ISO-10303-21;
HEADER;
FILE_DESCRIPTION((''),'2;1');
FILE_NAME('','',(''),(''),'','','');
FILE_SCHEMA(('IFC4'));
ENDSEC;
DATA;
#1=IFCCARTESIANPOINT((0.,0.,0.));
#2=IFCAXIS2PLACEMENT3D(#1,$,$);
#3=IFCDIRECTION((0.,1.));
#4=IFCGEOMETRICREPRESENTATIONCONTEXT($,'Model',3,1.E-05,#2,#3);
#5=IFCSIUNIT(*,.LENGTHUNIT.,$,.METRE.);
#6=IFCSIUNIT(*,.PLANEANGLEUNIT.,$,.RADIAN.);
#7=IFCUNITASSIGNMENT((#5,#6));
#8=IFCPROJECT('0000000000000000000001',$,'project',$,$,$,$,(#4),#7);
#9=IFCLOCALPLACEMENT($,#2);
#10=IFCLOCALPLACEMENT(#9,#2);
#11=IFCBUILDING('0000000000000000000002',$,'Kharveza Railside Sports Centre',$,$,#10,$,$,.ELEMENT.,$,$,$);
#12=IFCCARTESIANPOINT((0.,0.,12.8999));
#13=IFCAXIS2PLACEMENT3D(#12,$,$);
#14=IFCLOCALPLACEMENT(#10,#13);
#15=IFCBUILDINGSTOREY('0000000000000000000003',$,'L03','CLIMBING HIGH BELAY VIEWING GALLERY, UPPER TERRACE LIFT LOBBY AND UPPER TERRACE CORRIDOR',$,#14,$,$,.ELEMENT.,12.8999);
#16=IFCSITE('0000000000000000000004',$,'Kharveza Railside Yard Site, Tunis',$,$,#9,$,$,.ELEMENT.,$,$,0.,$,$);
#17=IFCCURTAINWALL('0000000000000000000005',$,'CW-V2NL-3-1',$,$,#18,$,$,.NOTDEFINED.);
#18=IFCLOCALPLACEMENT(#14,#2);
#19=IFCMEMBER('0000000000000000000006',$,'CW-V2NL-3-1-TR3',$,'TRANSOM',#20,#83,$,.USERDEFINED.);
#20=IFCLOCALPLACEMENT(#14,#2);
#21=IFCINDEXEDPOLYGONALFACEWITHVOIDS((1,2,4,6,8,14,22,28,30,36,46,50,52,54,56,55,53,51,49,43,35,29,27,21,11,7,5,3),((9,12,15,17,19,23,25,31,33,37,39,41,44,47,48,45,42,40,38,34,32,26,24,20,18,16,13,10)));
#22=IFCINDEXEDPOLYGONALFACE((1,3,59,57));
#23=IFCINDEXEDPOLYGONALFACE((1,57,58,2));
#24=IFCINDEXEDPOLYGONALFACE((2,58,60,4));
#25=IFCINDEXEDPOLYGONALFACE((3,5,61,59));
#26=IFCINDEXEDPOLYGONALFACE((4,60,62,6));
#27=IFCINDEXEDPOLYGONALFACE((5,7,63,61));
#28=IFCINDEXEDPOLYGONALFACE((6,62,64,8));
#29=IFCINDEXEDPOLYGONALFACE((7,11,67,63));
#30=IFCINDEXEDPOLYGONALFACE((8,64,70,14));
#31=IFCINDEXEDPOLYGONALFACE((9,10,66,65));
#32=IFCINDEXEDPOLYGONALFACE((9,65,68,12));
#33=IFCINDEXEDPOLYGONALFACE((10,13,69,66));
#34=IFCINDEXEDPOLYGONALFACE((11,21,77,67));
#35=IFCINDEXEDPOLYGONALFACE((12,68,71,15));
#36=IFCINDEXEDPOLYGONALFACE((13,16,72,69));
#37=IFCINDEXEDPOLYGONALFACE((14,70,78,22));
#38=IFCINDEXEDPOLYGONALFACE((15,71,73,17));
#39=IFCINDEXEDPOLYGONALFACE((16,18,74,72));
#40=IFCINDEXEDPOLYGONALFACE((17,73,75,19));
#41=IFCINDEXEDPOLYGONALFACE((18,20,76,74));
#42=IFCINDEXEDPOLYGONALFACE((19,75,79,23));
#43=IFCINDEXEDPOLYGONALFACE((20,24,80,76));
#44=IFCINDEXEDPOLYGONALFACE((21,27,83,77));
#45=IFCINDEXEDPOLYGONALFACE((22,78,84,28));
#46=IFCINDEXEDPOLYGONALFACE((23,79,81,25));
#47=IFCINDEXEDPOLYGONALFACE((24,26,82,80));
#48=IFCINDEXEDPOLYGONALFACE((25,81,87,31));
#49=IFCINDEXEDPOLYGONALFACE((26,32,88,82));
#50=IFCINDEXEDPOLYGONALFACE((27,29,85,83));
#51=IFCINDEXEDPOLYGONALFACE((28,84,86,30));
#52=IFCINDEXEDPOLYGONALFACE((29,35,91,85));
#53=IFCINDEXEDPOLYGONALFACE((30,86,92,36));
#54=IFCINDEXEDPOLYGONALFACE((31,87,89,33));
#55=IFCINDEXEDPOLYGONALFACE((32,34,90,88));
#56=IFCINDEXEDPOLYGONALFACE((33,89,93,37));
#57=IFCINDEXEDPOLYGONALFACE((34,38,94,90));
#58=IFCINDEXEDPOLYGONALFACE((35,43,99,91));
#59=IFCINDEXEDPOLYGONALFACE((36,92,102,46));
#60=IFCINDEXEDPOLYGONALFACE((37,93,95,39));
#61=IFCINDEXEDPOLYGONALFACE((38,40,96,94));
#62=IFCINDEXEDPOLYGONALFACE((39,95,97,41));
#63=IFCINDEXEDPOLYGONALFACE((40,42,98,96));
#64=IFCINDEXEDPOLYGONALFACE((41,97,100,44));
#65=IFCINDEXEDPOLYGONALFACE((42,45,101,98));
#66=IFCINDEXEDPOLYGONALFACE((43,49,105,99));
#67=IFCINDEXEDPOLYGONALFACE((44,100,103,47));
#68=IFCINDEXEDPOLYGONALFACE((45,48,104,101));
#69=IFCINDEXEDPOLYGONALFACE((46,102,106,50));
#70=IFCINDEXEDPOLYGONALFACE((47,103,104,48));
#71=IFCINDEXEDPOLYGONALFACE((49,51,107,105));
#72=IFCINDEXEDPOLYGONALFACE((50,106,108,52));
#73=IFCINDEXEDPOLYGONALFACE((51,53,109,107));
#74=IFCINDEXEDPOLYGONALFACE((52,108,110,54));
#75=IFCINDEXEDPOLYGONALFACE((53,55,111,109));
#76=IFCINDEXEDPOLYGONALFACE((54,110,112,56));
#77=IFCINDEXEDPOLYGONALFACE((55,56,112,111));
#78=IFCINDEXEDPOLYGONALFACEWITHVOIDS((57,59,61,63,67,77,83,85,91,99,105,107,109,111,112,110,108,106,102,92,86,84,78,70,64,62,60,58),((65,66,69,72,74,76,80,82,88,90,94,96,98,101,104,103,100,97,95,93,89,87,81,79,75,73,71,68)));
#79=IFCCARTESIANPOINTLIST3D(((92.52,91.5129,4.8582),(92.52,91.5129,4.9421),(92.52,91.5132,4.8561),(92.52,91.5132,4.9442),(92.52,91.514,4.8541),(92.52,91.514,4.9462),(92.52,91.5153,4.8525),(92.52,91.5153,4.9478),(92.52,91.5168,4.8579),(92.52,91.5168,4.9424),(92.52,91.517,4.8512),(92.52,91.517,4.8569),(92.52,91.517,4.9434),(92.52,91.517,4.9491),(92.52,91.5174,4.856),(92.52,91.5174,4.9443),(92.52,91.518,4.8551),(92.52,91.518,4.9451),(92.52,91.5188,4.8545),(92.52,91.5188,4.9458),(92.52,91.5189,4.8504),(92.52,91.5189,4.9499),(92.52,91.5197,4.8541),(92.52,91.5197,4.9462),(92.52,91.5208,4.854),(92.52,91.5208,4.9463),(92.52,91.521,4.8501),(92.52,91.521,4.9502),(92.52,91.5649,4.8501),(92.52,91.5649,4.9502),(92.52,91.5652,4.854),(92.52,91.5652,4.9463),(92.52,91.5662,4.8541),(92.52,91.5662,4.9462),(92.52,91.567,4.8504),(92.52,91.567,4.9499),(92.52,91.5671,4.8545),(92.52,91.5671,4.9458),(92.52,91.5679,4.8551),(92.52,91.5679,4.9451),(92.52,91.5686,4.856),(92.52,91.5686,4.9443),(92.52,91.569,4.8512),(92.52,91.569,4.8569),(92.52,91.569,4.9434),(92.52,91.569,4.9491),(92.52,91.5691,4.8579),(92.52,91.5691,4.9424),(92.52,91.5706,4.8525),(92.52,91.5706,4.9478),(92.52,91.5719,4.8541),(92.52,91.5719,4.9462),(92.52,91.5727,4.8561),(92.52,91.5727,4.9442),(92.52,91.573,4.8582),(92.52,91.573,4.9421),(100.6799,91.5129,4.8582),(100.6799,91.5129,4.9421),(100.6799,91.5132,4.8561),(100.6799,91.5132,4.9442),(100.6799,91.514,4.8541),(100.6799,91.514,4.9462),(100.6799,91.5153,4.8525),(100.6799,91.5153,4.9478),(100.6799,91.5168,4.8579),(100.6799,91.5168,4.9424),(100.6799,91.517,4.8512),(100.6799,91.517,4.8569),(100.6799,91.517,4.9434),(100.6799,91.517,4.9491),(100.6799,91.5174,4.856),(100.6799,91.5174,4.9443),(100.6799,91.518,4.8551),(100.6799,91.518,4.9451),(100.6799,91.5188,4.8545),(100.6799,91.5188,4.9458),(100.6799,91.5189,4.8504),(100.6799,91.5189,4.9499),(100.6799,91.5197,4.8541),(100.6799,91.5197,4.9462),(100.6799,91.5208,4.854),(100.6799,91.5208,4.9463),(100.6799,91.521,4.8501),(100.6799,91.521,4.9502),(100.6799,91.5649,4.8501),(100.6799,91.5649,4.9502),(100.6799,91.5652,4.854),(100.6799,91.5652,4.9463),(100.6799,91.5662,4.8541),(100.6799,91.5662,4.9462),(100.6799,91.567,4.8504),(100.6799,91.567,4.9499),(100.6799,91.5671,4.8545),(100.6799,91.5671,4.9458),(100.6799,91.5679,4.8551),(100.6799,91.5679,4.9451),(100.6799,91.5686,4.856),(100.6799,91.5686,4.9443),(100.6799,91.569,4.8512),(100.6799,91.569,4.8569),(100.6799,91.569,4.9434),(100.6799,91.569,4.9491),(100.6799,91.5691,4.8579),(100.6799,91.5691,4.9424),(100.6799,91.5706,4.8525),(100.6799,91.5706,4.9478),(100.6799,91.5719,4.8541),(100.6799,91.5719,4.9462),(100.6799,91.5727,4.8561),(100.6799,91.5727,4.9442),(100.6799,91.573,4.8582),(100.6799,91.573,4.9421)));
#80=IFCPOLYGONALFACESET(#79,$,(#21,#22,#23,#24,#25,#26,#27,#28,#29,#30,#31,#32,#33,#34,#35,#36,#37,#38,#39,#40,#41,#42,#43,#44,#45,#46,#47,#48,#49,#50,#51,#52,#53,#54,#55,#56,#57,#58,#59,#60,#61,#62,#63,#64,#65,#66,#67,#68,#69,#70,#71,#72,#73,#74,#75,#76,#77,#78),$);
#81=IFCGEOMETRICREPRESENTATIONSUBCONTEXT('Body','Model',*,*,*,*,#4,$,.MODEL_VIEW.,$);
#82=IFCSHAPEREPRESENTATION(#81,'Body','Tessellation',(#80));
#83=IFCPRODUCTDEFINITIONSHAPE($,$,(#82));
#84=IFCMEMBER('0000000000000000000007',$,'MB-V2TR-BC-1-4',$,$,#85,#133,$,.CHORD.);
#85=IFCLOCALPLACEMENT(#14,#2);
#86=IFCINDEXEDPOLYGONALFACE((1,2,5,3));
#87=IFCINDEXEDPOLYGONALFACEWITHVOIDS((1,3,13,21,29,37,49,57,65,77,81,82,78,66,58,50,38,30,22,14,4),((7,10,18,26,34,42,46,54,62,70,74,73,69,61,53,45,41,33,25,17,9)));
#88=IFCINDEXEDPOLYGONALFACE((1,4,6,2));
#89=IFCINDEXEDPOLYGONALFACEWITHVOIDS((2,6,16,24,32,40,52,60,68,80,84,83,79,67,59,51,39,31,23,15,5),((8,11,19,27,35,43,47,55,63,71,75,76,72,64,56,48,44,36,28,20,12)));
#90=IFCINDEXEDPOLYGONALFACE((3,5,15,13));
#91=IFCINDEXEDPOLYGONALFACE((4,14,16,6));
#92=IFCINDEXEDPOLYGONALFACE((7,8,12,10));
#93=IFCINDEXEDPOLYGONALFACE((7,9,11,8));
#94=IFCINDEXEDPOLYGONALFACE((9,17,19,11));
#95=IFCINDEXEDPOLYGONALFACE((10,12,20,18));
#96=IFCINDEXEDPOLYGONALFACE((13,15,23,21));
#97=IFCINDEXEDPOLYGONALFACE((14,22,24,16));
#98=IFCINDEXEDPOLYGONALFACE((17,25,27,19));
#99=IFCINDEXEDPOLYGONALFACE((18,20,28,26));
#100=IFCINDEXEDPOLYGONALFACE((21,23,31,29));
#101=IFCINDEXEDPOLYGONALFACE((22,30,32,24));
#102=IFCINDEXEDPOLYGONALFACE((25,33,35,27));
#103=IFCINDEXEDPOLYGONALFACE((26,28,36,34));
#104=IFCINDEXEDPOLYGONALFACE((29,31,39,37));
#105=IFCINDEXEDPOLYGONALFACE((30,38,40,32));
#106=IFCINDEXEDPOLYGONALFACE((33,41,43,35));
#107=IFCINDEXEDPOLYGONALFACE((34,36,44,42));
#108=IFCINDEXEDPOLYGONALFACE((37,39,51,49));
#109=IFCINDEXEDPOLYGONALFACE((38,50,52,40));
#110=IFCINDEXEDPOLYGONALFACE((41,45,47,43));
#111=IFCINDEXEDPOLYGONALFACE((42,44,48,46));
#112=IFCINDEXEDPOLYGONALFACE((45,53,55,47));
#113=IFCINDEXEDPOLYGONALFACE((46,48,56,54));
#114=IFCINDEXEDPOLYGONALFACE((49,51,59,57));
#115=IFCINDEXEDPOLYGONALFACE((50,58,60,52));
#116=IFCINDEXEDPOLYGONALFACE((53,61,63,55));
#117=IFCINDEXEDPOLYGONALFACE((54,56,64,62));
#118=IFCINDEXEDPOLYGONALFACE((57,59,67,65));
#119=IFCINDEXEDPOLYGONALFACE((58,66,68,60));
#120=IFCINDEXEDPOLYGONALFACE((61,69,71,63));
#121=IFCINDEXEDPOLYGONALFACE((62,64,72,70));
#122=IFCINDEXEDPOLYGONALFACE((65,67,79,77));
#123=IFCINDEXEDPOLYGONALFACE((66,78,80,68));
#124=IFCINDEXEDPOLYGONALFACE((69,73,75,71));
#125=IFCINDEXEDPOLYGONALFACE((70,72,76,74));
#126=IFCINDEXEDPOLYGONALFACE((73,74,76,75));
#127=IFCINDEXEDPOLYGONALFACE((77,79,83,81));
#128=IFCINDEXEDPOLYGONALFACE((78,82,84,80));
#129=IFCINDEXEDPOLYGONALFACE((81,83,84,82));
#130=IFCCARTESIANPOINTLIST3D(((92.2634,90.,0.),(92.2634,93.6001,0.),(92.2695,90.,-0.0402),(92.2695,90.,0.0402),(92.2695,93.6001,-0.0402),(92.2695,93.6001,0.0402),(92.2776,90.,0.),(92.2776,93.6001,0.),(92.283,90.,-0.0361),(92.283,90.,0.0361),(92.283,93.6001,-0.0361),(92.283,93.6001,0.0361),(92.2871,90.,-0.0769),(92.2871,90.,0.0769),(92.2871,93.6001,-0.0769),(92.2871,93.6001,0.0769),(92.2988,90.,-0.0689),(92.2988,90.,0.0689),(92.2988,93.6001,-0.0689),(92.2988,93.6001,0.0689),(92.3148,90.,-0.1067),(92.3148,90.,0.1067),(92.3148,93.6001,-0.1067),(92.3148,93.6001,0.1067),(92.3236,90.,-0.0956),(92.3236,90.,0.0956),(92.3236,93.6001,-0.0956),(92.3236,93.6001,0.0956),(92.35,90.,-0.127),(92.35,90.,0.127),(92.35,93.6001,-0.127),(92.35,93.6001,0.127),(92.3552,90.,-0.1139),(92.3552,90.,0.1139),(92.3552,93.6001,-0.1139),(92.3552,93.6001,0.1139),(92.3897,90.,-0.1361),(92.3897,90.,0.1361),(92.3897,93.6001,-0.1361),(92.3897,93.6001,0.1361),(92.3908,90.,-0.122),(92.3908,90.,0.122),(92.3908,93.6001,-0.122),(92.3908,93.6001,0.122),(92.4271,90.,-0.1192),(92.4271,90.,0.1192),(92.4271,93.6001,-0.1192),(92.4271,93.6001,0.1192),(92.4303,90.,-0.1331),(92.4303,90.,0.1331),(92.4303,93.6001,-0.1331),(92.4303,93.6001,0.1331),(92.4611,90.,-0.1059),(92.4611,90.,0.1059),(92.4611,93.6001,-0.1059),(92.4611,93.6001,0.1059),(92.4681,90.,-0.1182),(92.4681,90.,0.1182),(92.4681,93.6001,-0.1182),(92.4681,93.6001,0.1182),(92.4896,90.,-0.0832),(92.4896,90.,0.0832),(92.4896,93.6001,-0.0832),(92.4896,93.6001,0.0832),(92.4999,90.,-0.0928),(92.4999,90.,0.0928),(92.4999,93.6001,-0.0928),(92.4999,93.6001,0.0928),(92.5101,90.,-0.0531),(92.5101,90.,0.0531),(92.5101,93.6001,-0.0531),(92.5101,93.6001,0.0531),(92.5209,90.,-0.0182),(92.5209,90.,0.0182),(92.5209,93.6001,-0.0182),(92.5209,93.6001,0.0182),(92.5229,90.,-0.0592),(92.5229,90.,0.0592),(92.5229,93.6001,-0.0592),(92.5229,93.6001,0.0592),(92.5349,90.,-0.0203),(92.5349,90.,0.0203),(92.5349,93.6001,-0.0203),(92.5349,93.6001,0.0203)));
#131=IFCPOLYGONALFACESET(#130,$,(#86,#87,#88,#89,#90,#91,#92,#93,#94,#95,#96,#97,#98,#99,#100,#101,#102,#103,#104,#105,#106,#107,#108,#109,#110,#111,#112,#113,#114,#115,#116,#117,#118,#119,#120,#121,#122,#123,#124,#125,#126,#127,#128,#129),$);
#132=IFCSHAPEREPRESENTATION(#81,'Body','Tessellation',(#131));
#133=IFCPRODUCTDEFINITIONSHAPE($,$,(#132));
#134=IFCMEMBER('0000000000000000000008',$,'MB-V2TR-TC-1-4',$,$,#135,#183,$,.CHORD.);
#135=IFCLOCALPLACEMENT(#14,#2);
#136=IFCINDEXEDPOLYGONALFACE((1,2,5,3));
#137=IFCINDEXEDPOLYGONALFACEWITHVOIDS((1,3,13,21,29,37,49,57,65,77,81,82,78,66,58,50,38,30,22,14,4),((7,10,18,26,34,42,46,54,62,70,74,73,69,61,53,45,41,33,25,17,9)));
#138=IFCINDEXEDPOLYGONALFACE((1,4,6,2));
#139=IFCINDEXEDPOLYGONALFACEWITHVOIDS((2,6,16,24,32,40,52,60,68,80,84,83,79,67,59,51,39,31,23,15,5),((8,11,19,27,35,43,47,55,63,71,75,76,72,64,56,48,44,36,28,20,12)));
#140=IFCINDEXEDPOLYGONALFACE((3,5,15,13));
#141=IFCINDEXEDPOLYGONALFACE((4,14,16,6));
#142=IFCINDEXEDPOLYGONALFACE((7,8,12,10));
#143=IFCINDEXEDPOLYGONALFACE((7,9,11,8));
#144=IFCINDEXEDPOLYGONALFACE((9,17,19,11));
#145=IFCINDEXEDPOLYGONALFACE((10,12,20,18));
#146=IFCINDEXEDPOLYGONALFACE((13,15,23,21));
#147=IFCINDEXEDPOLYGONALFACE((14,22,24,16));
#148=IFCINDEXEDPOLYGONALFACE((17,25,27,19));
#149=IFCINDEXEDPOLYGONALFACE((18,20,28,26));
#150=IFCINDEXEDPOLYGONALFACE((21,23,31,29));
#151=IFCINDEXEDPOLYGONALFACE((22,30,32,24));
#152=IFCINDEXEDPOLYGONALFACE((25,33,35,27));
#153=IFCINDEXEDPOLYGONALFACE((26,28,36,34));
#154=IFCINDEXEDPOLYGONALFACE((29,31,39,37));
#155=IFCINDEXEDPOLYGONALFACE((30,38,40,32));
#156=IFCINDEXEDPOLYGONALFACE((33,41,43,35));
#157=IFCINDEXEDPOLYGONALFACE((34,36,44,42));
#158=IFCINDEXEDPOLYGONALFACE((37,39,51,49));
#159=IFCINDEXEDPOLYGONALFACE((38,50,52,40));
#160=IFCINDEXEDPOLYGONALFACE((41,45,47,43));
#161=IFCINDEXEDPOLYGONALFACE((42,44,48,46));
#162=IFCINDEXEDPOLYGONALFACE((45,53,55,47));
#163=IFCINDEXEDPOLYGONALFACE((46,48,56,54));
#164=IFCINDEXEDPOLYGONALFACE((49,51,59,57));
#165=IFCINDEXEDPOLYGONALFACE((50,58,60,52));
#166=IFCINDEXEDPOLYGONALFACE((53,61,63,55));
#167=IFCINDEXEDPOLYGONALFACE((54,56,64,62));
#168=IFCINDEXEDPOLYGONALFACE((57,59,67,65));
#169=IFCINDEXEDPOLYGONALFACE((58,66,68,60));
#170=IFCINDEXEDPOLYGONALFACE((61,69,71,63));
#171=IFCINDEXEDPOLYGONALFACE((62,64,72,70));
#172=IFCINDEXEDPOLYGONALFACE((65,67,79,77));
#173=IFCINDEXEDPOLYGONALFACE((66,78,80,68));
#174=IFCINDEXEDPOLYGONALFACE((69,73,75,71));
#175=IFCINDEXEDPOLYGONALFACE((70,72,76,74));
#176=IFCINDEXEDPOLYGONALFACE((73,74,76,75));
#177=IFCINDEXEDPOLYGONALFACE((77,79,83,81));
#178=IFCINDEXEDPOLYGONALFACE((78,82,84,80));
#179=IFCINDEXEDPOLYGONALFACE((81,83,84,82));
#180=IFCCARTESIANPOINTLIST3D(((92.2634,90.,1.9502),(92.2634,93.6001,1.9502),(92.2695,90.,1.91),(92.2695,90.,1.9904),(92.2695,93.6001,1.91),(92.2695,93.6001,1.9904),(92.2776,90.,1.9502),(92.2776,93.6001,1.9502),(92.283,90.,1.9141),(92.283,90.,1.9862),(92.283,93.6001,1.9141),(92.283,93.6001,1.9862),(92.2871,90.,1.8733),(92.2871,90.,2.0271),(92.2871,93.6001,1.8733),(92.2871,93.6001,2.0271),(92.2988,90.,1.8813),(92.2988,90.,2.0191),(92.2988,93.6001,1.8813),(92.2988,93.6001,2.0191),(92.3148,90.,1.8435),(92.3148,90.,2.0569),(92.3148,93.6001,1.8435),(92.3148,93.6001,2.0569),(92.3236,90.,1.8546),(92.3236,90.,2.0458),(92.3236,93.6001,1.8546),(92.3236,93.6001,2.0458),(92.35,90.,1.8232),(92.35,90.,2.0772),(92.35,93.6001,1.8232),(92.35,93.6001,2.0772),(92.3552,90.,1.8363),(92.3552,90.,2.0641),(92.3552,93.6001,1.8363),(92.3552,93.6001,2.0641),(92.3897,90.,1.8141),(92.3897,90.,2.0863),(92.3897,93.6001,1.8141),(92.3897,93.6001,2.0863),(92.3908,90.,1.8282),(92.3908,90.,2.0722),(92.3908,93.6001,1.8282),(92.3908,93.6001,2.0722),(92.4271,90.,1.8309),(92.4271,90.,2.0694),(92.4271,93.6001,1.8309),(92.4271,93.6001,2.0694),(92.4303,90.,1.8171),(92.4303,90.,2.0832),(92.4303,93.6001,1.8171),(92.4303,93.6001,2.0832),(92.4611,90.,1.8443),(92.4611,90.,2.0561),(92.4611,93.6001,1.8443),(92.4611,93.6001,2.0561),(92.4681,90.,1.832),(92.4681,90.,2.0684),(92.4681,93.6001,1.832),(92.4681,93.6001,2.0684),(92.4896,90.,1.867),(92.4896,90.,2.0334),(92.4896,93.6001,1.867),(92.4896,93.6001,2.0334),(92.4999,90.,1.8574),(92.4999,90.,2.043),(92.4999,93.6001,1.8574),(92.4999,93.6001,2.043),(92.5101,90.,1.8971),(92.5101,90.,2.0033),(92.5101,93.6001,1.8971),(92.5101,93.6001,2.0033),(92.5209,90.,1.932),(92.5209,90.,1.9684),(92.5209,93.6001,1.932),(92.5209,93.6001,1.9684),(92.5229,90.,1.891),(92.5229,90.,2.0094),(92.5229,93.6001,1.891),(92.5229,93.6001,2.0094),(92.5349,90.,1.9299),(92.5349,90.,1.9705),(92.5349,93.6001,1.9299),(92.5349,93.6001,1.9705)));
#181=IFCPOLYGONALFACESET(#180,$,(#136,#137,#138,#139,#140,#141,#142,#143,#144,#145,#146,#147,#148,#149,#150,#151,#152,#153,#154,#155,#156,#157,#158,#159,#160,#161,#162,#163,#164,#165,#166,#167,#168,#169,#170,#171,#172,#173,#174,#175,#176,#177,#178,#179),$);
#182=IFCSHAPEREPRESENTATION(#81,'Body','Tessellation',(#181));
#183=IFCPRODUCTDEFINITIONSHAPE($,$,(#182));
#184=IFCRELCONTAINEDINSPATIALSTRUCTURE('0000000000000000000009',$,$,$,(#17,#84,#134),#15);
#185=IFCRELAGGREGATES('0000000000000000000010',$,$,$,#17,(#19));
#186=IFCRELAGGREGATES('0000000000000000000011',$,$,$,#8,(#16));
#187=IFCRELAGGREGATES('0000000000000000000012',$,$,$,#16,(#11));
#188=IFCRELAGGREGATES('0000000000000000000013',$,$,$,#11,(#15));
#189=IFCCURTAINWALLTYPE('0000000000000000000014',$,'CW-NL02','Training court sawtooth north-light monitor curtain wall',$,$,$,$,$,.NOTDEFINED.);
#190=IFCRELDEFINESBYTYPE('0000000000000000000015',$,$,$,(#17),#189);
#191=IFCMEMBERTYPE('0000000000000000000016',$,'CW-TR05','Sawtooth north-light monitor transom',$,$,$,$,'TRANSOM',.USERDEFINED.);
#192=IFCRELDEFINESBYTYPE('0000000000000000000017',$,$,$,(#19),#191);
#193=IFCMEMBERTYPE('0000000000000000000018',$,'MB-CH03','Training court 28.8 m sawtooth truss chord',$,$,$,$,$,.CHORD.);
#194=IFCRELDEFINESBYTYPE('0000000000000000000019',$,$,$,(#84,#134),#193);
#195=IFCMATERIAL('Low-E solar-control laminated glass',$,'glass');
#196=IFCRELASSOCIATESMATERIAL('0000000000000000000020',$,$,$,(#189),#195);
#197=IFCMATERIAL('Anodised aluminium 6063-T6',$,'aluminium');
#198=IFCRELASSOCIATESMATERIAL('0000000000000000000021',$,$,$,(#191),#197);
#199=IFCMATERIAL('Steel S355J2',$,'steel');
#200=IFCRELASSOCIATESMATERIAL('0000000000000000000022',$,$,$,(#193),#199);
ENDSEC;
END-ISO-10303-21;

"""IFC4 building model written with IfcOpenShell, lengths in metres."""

from ifc_helpers import new_model, si_unit, direction, frame, origin, origin_2d, place, context, subcontext, project, spatial, hollow_rectangle, hollow_circle, extrude, material, material_profile, profile_set, type_object, element, aggregate, save


model = new_model("IFC4")

# Units and contexts
model_context = context("Model", 3, precision=1e-05, world=origin(), true_north=direction((0.0, 1.0)))
body_context = subcontext(model_context, "Body", "Model", "MODEL_VIEW")
ifc_project = project(units=[si_unit("LENGTHUNIT", "METRE"), si_unit("PLANEANGLEUNIT", "RADIAN")], contexts=[model_context])

# Site, building, storey
site_placement = place(None, origin())
site = spatial("IfcSite", under=ifc_project, at=site_placement, Name="Kharveza Railside Yard Site, Tunis", CompositionType="ELEMENT", RefElevation=0.0)
building_placement = place(site_placement, origin())
building = spatial("IfcBuilding", under=site, at=building_placement, Name="Kharveza Railside Sports Centre", CompositionType="ELEMENT")
storey_placement = place(building_placement, frame((0.0, 0.0, 12.8999)))
storey = spatial("IfcBuildingStorey", under=building, at=storey_placement, Name="L03", Description="CLIMBING HIGH BELAY VIEWING GALLERY, UPPER TERRACE LIFT LOBBY AND UPPER TERRACE CORRIDOR", CompositionType="ELEMENT", Elevation=12.8999)

# Shared definitions
ifc_material_1 = material(Name="Steel S355J2", Category="steel")

# Shared definitions
ifc_material_2 = material(Name="Low-E solar-control laminated glass", Category="glass")
curtain_wall_type = type_object("IfcCurtainWallType", Name="CW-NL02", Description="Training court sawtooth north-light monitor curtain wall", PredefinedType="NOTDEFINED", material=ifc_material_2)
ifc_material_3 = material(Name="Anodised aluminium 6063-T6", Category="aluminium")

# Curtain wall
curtain_wall_1_placement = place(storey_placement, origin())
curtain_wall_1 = element("IfcCurtainWall", 1, at=curtain_wall_1_placement, inside=storey, type_object=curtain_wall_type, Name="CW-V2NL-3-1", PredefinedType="NOTDEFINED")

# Member
ifc_material_profile_1 = material_profile(ifc_material_3, hollow_rectangle(XDim=0.0601, YDim=0.1001, WallThickness=0.0039, InnerFilletRadius=0.0039, OuterFilletRadius=0.0081, at=origin_2d()), Name="RHS 60x100x4.0")
ifc_profile_set_1 = profile_set([ifc_material_profile_1], Name="Anodised aluminium 6063-T6")
member_type_1 = type_object("IfcMemberType", Name="CW-TR05", Description="Sawtooth north-light monitor transom", ElementType="TRANSOM", PredefinedType="USERDEFINED", material=ifc_profile_set_1)
member_1_placement = place(storey_placement, frame((92.52, 91.543, 4.9001), z_axis=(1.0, 0.0, 0.0), x_axis=(0.0, 1.0, 0.0)))
member_1 = element("IfcMember", 2, at=member_1_placement, type_object=member_type_1, Name="CW-V2NL-3-1-TR3", ObjectType="TRANSOM", PredefinedType="USERDEFINED", context=body_context, shape_type="SweptSolid", body=[
    extrude(hollow_rectangle(XDim=0.0601, YDim=0.1001, WallThickness=0.0039, InnerFilletRadius=0.0039, OuterFilletRadius=0.0081, at=origin_2d()), origin(), (0.0, 0.0, 1.0), 8.1599),
])
aggregate(curtain_wall_1, [member_1])

# Members
ifc_material_profile_2 = material_profile(ifc_material_1, hollow_circle(Radius=0.1365, WallThickness=0.0142, at=origin_2d()), Name="CHS 273.0x14.2")
ifc_profile_set_2 = profile_set([ifc_material_profile_2], Name="Steel S355J2")
member_type_2 = type_object("IfcMemberType", Name="MB-CH03", Description="Training court 28.8 m sawtooth truss chord", PredefinedType="CHORD", material=ifc_profile_set_2)
for number, where, z_axis, x_axis, name in (
    (3, (92.3999, 90.0, 0.0), (0.0, 1.0, 0.0), (-1.0, 0.0, 0.0), "MB-V2TR-BC-1-4"),
    (4, (92.3999, 90.0, 1.9502), (0.0, 1.0, 0.0), (-1.0, 0.0, 0.0), "MB-V2TR-TC-1-4"),
):
    element("IfcMember", number, at=place(storey_placement, frame(where, z_axis=z_axis, x_axis=x_axis)), inside=storey, type_object=member_type_2, Name=name, PredefinedType="CHORD", context=body_context, shape_type="SweptSolid", body=[
        extrude(hollow_circle(Radius=0.1365, WallThickness=0.0142, at=origin_2d()), origin(), (0.0, 0.0, 1.0), 3.6001),
    ])

save(model, "model.ifc")
